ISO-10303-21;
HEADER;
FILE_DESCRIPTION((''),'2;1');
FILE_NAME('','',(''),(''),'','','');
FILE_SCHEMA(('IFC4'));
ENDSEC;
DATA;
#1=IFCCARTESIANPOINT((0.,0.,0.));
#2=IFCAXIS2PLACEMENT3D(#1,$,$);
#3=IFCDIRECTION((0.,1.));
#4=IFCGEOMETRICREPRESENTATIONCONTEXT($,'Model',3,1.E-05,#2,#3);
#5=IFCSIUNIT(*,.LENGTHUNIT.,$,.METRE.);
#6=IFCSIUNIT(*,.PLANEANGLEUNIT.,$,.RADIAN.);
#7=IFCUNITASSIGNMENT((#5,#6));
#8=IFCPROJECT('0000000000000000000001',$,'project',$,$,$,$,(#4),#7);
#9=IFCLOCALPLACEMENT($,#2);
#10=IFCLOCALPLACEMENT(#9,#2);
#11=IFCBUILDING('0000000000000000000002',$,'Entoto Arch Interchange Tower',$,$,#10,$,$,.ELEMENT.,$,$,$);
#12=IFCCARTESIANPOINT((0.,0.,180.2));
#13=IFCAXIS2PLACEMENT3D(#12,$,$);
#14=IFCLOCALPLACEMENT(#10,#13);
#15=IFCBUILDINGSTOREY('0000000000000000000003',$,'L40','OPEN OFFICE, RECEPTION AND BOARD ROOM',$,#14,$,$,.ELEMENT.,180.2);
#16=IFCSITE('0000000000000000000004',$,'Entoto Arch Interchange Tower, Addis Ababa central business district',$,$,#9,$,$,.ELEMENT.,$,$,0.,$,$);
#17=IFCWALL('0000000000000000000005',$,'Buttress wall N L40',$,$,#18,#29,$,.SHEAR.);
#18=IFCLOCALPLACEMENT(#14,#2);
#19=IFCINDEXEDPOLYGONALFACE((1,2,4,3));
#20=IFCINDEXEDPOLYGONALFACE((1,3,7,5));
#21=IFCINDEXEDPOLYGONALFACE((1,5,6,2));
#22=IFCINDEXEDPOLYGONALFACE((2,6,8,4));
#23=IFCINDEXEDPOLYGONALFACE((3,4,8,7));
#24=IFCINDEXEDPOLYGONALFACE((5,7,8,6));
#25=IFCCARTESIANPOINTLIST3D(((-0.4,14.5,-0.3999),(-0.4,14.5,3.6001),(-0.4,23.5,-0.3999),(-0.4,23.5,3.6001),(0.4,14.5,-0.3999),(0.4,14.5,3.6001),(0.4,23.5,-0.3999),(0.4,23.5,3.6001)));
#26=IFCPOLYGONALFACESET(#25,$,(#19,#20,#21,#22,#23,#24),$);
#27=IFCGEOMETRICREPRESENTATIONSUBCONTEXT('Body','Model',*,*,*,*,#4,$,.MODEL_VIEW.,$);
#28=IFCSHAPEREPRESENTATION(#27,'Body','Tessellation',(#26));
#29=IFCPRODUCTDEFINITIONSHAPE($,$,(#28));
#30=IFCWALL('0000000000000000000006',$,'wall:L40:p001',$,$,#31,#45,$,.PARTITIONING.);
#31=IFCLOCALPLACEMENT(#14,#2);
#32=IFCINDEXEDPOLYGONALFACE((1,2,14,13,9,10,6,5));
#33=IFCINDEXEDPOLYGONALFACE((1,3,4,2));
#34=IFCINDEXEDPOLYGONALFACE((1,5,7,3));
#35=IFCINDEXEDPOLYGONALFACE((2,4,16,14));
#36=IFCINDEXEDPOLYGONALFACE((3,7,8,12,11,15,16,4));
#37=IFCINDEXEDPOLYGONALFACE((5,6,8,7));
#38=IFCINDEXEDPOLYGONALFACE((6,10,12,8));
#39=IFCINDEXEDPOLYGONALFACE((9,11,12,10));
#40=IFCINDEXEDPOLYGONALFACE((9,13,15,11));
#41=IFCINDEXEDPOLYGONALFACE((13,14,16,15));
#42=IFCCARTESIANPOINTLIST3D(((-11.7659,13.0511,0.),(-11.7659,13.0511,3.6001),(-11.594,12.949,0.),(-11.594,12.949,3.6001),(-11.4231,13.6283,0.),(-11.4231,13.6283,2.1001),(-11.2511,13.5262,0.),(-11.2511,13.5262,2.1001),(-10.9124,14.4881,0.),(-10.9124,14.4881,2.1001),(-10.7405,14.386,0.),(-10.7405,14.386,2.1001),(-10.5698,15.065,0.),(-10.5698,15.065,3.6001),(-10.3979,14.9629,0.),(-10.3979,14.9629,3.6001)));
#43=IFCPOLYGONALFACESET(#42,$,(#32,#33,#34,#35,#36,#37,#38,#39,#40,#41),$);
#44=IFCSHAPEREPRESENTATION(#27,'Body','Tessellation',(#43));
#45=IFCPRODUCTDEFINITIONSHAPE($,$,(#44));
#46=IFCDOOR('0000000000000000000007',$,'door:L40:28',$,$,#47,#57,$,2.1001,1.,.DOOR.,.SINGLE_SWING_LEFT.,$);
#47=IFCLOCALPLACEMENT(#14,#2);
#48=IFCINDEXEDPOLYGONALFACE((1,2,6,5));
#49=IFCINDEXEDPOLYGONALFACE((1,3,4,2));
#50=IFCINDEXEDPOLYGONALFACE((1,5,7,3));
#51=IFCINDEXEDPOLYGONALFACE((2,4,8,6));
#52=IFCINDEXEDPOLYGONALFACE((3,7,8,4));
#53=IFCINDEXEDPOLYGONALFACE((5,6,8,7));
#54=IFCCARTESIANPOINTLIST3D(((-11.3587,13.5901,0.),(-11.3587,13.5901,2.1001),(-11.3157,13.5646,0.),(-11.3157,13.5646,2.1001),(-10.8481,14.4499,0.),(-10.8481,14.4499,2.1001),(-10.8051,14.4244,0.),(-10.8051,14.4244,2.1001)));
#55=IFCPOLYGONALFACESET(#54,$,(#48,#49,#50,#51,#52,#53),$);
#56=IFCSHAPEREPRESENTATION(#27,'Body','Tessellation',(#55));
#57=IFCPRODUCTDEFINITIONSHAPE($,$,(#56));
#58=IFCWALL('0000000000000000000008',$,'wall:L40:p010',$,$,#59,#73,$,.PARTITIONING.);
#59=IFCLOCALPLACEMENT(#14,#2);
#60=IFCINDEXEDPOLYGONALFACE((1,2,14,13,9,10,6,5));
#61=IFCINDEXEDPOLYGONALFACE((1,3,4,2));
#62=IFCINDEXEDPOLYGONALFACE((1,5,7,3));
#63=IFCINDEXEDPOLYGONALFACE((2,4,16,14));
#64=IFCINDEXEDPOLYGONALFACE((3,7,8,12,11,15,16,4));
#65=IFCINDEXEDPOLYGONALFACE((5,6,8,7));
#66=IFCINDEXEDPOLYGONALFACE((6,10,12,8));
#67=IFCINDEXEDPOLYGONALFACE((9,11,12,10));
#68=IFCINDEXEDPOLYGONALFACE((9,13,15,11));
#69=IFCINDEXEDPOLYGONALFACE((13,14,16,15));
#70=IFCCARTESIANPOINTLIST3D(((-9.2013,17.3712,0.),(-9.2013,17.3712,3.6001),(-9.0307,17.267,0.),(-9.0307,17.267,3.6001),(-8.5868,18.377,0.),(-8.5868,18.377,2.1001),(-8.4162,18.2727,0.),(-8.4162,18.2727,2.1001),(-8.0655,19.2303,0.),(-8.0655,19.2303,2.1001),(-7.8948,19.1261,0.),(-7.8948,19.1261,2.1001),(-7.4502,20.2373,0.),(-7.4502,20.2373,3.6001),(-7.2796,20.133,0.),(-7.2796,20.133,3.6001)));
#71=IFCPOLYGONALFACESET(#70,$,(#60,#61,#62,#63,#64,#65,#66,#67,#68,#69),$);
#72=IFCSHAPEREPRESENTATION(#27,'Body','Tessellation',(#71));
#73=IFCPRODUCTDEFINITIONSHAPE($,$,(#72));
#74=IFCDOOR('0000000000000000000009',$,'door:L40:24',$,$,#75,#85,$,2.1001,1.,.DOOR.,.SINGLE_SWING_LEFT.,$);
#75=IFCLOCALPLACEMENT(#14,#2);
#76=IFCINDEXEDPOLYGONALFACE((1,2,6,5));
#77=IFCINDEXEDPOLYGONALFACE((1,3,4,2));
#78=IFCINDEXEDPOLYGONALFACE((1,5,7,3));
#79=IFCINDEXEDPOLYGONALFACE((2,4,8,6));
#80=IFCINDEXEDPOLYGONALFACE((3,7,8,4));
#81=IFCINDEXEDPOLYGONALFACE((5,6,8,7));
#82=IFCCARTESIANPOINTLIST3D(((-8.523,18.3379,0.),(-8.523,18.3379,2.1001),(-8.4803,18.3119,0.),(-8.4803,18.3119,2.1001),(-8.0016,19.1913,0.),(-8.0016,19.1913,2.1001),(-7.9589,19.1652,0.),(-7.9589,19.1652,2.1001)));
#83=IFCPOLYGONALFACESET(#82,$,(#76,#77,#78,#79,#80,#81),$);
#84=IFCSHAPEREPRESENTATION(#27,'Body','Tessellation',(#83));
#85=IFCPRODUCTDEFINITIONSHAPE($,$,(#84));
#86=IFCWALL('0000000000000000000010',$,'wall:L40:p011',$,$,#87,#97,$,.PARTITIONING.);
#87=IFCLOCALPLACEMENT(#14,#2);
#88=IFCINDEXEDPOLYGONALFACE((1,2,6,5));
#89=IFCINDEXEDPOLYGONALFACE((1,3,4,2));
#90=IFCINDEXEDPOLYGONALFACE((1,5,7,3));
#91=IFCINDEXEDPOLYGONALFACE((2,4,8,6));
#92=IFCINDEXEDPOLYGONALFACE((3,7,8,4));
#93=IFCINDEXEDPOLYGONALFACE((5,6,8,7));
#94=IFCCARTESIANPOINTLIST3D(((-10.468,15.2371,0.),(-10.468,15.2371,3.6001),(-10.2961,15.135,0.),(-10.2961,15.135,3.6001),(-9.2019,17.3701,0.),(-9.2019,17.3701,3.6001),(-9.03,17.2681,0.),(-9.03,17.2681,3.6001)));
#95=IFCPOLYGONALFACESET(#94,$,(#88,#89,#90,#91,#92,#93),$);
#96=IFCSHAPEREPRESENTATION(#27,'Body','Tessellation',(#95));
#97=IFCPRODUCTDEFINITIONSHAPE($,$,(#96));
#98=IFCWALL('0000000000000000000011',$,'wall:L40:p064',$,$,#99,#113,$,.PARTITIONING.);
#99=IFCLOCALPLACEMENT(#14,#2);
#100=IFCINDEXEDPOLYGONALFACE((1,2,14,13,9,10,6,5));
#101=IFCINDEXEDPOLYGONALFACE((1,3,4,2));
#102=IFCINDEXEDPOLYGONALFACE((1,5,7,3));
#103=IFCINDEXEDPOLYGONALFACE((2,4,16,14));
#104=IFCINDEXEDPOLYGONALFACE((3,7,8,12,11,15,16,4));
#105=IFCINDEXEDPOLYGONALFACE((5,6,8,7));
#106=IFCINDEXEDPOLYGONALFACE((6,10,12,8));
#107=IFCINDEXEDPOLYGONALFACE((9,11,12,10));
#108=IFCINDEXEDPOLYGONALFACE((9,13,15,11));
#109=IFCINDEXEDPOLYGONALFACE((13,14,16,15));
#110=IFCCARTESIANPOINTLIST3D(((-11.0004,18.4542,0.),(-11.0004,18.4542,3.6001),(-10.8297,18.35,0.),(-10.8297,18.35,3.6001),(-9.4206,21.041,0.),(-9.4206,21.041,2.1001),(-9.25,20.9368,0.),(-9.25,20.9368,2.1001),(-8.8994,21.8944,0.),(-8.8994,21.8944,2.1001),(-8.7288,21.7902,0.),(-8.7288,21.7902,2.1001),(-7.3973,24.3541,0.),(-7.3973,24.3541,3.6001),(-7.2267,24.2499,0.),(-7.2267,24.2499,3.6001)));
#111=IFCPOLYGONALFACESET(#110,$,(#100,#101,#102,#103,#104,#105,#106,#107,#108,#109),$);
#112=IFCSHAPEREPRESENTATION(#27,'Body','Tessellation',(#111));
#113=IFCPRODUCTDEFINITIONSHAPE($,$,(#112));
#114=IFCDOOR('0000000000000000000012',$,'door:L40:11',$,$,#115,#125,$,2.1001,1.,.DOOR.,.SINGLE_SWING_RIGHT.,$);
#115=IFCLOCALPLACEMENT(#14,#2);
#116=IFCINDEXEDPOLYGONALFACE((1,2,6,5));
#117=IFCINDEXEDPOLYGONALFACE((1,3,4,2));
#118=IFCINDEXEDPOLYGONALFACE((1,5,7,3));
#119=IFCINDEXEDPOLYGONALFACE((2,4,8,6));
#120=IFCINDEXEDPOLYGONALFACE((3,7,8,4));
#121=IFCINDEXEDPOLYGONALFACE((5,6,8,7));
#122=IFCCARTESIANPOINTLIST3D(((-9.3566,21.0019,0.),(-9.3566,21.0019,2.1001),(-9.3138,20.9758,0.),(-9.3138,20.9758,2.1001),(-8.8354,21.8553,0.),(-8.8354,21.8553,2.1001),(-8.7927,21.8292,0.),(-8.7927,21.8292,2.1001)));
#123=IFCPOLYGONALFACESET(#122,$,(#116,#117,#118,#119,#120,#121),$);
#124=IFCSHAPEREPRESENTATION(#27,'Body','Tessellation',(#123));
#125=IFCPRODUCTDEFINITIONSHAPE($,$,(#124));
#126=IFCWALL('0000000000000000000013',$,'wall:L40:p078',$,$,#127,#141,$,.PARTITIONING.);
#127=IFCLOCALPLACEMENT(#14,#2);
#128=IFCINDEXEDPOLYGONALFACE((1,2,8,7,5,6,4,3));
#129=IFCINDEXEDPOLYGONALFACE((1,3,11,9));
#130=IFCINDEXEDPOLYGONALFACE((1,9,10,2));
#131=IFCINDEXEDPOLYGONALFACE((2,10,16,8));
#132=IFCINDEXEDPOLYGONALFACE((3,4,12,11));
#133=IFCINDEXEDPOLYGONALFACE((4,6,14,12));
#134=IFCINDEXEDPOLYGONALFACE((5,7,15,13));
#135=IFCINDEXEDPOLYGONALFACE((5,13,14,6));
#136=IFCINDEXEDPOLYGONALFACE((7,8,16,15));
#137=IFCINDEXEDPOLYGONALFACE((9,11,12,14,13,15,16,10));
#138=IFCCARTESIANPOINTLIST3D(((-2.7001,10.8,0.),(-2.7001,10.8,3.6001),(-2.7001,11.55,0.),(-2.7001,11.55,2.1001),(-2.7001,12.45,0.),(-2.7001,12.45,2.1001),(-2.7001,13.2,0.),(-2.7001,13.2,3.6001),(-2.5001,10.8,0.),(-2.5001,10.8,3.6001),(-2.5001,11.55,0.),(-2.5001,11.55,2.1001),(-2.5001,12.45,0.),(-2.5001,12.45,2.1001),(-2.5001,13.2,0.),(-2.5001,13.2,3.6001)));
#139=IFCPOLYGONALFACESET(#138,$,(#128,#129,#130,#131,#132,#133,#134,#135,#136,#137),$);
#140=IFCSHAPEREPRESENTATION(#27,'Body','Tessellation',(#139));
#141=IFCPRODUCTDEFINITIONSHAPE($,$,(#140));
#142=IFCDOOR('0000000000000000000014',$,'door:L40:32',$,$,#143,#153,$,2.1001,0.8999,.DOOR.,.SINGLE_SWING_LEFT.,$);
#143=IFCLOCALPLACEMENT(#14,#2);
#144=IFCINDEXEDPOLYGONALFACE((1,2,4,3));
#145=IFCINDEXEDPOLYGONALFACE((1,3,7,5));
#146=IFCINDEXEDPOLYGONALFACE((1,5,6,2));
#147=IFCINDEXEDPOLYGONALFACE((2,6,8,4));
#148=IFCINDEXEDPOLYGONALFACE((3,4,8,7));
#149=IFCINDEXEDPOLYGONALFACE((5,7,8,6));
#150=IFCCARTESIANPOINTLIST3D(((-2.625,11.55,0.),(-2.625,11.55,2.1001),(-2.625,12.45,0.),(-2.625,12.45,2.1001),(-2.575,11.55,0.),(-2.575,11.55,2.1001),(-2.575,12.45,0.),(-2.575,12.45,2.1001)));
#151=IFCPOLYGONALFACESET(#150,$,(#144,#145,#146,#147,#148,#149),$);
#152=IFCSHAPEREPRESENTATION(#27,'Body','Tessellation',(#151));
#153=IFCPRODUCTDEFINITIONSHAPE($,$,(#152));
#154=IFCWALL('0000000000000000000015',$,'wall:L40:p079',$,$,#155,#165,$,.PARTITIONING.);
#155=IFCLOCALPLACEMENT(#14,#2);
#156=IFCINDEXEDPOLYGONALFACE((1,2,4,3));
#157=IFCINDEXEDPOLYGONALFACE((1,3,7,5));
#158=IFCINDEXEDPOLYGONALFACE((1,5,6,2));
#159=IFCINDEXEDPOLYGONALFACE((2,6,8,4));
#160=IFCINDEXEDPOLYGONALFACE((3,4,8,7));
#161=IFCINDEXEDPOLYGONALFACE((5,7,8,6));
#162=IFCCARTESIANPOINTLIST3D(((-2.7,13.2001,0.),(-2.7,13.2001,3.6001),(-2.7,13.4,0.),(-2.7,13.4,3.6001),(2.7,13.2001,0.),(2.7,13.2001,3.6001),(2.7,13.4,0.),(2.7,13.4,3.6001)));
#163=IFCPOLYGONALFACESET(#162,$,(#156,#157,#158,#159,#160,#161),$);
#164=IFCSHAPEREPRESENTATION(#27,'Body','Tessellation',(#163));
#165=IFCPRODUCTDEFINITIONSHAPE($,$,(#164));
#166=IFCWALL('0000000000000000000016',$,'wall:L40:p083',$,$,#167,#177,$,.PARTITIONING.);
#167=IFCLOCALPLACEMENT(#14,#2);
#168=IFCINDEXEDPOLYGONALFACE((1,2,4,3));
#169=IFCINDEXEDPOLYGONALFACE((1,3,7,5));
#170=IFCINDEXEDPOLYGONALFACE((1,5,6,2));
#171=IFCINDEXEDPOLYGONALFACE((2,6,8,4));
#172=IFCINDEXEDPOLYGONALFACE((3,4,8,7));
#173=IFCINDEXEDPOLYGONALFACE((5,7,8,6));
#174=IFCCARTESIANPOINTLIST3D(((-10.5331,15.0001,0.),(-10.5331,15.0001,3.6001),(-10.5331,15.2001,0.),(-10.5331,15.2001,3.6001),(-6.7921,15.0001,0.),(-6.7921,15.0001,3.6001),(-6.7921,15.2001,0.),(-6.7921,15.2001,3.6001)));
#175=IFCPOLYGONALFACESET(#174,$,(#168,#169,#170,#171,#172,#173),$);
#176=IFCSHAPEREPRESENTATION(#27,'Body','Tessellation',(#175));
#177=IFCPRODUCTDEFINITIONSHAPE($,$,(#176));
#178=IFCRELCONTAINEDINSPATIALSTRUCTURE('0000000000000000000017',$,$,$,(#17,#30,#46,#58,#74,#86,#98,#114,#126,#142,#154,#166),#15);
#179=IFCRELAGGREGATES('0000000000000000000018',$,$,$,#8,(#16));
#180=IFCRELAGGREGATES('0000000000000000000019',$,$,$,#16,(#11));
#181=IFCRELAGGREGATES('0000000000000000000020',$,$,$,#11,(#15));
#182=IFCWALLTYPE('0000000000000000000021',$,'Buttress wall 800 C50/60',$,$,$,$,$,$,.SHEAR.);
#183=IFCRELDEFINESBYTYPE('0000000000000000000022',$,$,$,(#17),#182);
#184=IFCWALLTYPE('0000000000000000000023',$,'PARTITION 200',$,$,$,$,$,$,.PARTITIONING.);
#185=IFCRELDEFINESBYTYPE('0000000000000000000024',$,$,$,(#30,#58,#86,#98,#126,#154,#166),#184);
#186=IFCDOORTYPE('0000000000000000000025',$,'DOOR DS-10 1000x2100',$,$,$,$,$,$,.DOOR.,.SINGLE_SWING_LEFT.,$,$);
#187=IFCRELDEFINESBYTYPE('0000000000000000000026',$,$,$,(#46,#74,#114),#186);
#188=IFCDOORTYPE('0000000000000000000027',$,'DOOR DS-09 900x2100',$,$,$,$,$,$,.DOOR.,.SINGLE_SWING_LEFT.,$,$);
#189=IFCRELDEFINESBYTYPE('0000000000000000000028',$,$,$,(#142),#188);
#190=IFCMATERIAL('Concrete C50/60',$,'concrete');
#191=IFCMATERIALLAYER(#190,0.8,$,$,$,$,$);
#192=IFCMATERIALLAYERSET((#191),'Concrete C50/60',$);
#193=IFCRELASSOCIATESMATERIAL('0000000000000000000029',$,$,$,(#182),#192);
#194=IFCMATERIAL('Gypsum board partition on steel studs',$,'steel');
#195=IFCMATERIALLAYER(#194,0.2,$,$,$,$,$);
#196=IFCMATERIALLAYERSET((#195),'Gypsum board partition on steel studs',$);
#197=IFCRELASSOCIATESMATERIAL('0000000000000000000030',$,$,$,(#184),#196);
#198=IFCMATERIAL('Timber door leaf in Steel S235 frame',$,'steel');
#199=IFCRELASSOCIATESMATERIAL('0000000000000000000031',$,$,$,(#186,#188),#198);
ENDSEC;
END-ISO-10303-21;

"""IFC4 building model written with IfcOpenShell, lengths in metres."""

from ifc_helpers import new_model, si_unit, direction, frame, frame_2d, origin, place, context, subcontext, project, spatial, rectangle, extrude, material, layer, layer_set, type_object, element, fill, save


model = new_model("IFC4")

# Units and contexts
model_context = context("Model", 3, precision=1e-05, world=origin(), true_north=direction((0.0, 1.0)))
body_context = subcontext(model_context, "Body", "Model", "MODEL_VIEW")
ifc_project = project(units=[si_unit("LENGTHUNIT", "METRE"), si_unit("PLANEANGLEUNIT", "RADIAN")], contexts=[model_context])

# Site, building, storey
site_placement = place(None, origin())
site = spatial("IfcSite", under=ifc_project, at=site_placement, Name="Entoto Arch Interchange Tower, Addis Ababa central business district", CompositionType="ELEMENT", RefElevation=0.0)
building_placement = place(site_placement, origin())
building = spatial("IfcBuilding", under=site, at=building_placement, Name="Entoto Arch Interchange Tower", CompositionType="ELEMENT")
storey_placement = place(building_placement, frame((0.0, 0.0, 180.2)))
storey = spatial("IfcBuildingStorey", under=building, at=storey_placement, Name="L40", Description="OPEN OFFICE, RECEPTION AND BOARD ROOM", CompositionType="ELEMENT", Elevation=180.2)

# Wall
ifc_material_1 = material(Name="Concrete C50/60", Category="concrete")
ifc_layer_1 = layer(ifc_material_1, 0.8)
ifc_layer_set_1 = layer_set([ifc_layer_1], Name="Concrete C50/60")
wall_type_1 = type_object("IfcWallType", Name="Buttress wall 800 C50/60", PredefinedType="SHEAR", material=ifc_layer_set_1)
wall_1_placement = place(storey_placement, frame((0.0, 14.5, -0.3999), z_axis=(0.0, 0.0, 1.0), x_axis=(0.0, 1.0, 0.0)))
element("IfcWall", 1, at=wall_1_placement, inside=storey, type_object=wall_type_1, Name="Buttress wall N L40", PredefinedType="SHEAR", context=body_context, shape_type="SweptSolid", body=[
    extrude(rectangle(XDim=9.0, YDim=0.8, at=frame_2d((4.5, 0.0))), origin(), (0.0, 0.0, 1.0), 4.0),
])

# Walls, openings, doors
ifc_material_2 = material(Name="Gypsum board partition on steel studs", Category="steel")
ifc_layer_2 = layer(ifc_material_2, 0.2)
ifc_layer_set_2 = layer_set([ifc_layer_2], Name="Gypsum board partition on steel studs")
wall_type_2 = type_object("IfcWallType", Name="PARTITION 200", PredefinedType="PARTITIONING", material=ifc_layer_set_2)
wall_2_placement = place(storey_placement, frame((-10.4839, 15.0139, 0.0), z_axis=(0.0, 0.0, 1.0), x_axis=(-0.510628, -0.859802, 0.0)))
wall_2 = element("IfcWall", 2, at=wall_2_placement, inside=storey, type_object=wall_type_2, Name="wall:L40:p001", PredefinedType="PARTITIONING", context=body_context, shape_type="SweptSolid", body=[
    extrude(rectangle(XDim=2.3423, YDim=0.2, at=frame_2d((1.1711, 0.0))), origin(), (0.0, 0.0, 1.0), 3.6001),
])
opening_1_placement = place(wall_2_placement, frame((0.6709, 0.0, 0.0)))
opening_1 = element("IfcOpeningElement", 3, at=opening_1_placement, cuts=wall_2, PredefinedType="OPENING", context=body_context, shape_type="SweptSolid", body=[
    extrude(rectangle(XDim=1.0, YDim=2.1001, at=frame_2d((0.5, 1.05))), frame((0.0, 0.1099, 0.0), z_axis=(0.0, -1.0, 0.0), x_axis=(1.0, 0.0, 0.0)), (0.0, 0.0, 1.0), 0.22),
])
ifc_material_3 = material(Name="Timber door leaf in Steel S235 frame", Category="steel")
door_type_1 = type_object("IfcDoorType", Name="DOOR DS-10 1000x2100", OperationType="SINGLE_SWING_LEFT", PredefinedType="DOOR", material=ifc_material_3)
door_1_placement = place(opening_1_placement, origin())
door_1 = element("IfcDoor", 4, at=door_1_placement, inside=storey, type_object=door_type_1, Name="door:L40:28", OperationType="SINGLE_SWING_LEFT", OverallHeight=2.1001, OverallWidth=1.0, PredefinedType="DOOR", context=body_context, shape_type="SweptSolid", body=[
    extrude(rectangle(XDim=1.0, YDim=2.1001, at=frame_2d((0.5, 1.05))), frame((0.0, 0.0249, 0.0), z_axis=(0.0, -1.0, 0.0), x_axis=(1.0, 0.0, 0.0)), (0.0, 0.0, 1.0), 0.05),
])
fill(opening_1, door_1)
wall_3_placement = place(storey_placement, frame((-7.365, 20.1851, 0.0), z_axis=(0.0, 0.0, 1.0), x_axis=(-0.521353, -0.853341, 0.0)))
wall_3 = element("IfcWall", 5, at=wall_3_placement, inside=storey, type_object=wall_type_2, Name="wall:L40:p010", PredefinedType="PARTITIONING", context=body_context, shape_type="SweptSolid", body=[
    extrude(rectangle(XDim=3.3586, YDim=0.2, at=frame_2d((1.6792, 0.0))), origin(), (0.0, 0.0, 1.0), 3.6001),
])
opening_2_placement = place(wall_3_placement, frame((1.1799, 0.0, 0.0)))
opening_2 = element("IfcOpeningElement", 6, at=opening_2_placement, cuts=wall_3, PredefinedType="OPENING", context=body_context, shape_type="SweptSolid", body=[
    extrude(rectangle(XDim=1.0, YDim=2.1001, at=frame_2d((0.5, 1.05))), frame((0.0, 0.1099, 0.0), z_axis=(0.0, -1.0, 0.0), x_axis=(1.0, 0.0, 0.0)), (0.0, 0.0, 1.0), 0.22),
])
door_2_placement = place(opening_2_placement, origin())
door_2 = element("IfcDoor", 7, at=door_2_placement, inside=storey, type_object=door_type_1, Name="door:L40:24", OperationType="SINGLE_SWING_LEFT", OverallHeight=2.1001, OverallWidth=1.0, PredefinedType="DOOR", context=body_context, shape_type="SweptSolid", body=[
    extrude(rectangle(XDim=1.0, YDim=2.1001, at=frame_2d((0.5, 1.05))), frame((0.0, 0.0249, 0.0), z_axis=(0.0, -1.0, 0.0), x_axis=(1.0, 0.0, 0.0)), (0.0, 0.0, 1.0), 0.05),
])
fill(opening_2, door_2)

# Wall
wall_4_placement = place(storey_placement, frame((-9.116, 17.3191, 0.0), z_axis=(0.0, 0.0, 1.0), x_axis=(-0.510423, -0.859924, 0.0)))
element("IfcWall", 8, at=wall_4_placement, inside=storey, type_object=wall_type_2, Name="wall:L40:p011", PredefinedType="PARTITIONING", context=body_context, shape_type="SweptSolid", body=[
    extrude(rectangle(XDim=2.4805, YDim=0.2, at=frame_2d((1.2402, 0.0))), origin(), (0.0, 0.0, 1.0), 3.6001),
])

# Walls, openings, doors
wall_5_placement = place(storey_placement, frame((-10.915, 18.4021, 0.0), z_axis=(0.0, 0.0, 1.0), x_axis=(0.52119, 0.853441, 0.0)))
wall_5 = element("IfcWall", 9, at=wall_5_placement, inside=storey, type_object=wall_type_2, Name="wall:L40:p064", PredefinedType="PARTITIONING", context=body_context, shape_type="SweptSolid", body=[
    extrude(rectangle(XDim=6.9131, YDim=0.2, at=frame_2d((3.4565, 0.0))), origin(), (0.0, 0.0, 1.0), 3.6001),
])
opening_3_placement = place(wall_5_placement, frame((3.031, 0.0, 0.0)))
opening_3 = element("IfcOpeningElement", 10, at=opening_3_placement, cuts=wall_5, PredefinedType="OPENING", context=body_context, shape_type="SweptSolid", body=[
    extrude(rectangle(XDim=1.0, YDim=2.1001, at=frame_2d((0.5, 1.05))), frame((0.0, 0.1099, 0.0), z_axis=(0.0, -1.0, 0.0), x_axis=(1.0, 0.0, 0.0)), (0.0, 0.0, 1.0), 0.22),
])
door_3_placement = place(opening_3_placement, origin())
door_3 = element("IfcDoor", 11, at=door_3_placement, inside=storey, type_object=door_type_1, Name="door:L40:11", OperationType="SINGLE_SWING_RIGHT", OverallHeight=2.1001, OverallWidth=1.0, PredefinedType="DOOR", context=body_context, shape_type="SweptSolid", body=[
    extrude(rectangle(XDim=1.0, YDim=2.1001, at=frame_2d((0.5, 1.05))), frame((0.0, 0.0249, 0.0), z_axis=(0.0, -1.0, 0.0), x_axis=(1.0, 0.0, 0.0)), (0.0, 0.0, 1.0), 0.05),
])
fill(opening_3, door_3)
wall_6_placement = place(storey_placement, frame((-2.6001, 10.8, 0.0), z_axis=(0.0, 0.0, 1.0), x_axis=(0.0, 1.0, 0.0)))
wall_6 = element("IfcWall", 12, at=wall_6_placement, inside=storey, type_object=wall_type_2, Name="wall:L40:p078", PredefinedType="PARTITIONING", context=body_context, shape_type="SweptSolid", body=[
    extrude(rectangle(XDim=2.3999, YDim=0.2, at=frame_2d((1.2, 0.0))), origin(), (0.0, 0.0, 1.0), 3.6001),
])
opening_4_placement = place(wall_6_placement, frame((0.75, 0.0, 0.0)))
opening_4 = element("IfcOpeningElement", 13, at=opening_4_placement, cuts=wall_6, PredefinedType="OPENING", context=body_context, shape_type="SweptSolid", body=[
    extrude(rectangle(XDim=0.8999, YDim=2.1001, at=frame_2d((0.45, 1.05))), frame((0.0, 0.1099, 0.0), z_axis=(0.0, -1.0, 0.0), x_axis=(1.0, 0.0, 0.0)), (0.0, 0.0, 1.0), 0.22),
])
door_type_2 = type_object("IfcDoorType", Name="DOOR DS-09 900x2100", OperationType="SINGLE_SWING_LEFT", PredefinedType="DOOR", material=ifc_material_3)
door_4_placement = place(opening_4_placement, origin())
door_4 = element("IfcDoor", 14, at=door_4_placement, inside=storey, type_object=door_type_2, Name="door:L40:32", OperationType="SINGLE_SWING_LEFT", OverallHeight=2.1001, OverallWidth=0.8999, PredefinedType="DOOR", context=body_context, shape_type="SweptSolid", body=[
    extrude(rectangle(XDim=0.8999, YDim=2.1001, at=frame_2d((0.45, 1.05))), frame((0.0, 0.0249, 0.0), z_axis=(0.0, -1.0, 0.0), x_axis=(1.0, 0.0, 0.0)), (0.0, 0.0, 1.0), 0.05),
])
fill(opening_4, door_4)

# Walls
wall_7_placement = place(storey_placement, frame((-2.7, 13.3, 0.0), z_axis=(0.0, 0.0, 1.0), x_axis=(1.0, 0.0, 0.0)))
element("IfcWall", 15, at=wall_7_placement, inside=storey, type_object=wall_type_2, Name="wall:L40:p079", PredefinedType="PARTITIONING", context=body_context, shape_type="SweptSolid", body=[
    extrude(rectangle(XDim=5.3999, YDim=0.2, at=frame_2d((2.7, 0.0))), origin(), (0.0, 0.0, 1.0), 3.6001),
])
wall_8_placement = place(storey_placement, frame((-6.792, 15.1001, 0.0), z_axis=(0.0, 0.0, 1.0), x_axis=(-1.0, 0.0, 0.0)))
element("IfcWall", 16, at=wall_8_placement, inside=storey, type_object=wall_type_2, Name="wall:L40:p083", PredefinedType="PARTITIONING", context=body_context, shape_type="SweptSolid", body=[
    extrude(rectangle(XDim=3.741, YDim=0.2, at=frame_2d((1.8706, 0.0))), origin(), (0.0, 0.0, 1.0), 3.6001),
])

save(model, "model.ifc")
